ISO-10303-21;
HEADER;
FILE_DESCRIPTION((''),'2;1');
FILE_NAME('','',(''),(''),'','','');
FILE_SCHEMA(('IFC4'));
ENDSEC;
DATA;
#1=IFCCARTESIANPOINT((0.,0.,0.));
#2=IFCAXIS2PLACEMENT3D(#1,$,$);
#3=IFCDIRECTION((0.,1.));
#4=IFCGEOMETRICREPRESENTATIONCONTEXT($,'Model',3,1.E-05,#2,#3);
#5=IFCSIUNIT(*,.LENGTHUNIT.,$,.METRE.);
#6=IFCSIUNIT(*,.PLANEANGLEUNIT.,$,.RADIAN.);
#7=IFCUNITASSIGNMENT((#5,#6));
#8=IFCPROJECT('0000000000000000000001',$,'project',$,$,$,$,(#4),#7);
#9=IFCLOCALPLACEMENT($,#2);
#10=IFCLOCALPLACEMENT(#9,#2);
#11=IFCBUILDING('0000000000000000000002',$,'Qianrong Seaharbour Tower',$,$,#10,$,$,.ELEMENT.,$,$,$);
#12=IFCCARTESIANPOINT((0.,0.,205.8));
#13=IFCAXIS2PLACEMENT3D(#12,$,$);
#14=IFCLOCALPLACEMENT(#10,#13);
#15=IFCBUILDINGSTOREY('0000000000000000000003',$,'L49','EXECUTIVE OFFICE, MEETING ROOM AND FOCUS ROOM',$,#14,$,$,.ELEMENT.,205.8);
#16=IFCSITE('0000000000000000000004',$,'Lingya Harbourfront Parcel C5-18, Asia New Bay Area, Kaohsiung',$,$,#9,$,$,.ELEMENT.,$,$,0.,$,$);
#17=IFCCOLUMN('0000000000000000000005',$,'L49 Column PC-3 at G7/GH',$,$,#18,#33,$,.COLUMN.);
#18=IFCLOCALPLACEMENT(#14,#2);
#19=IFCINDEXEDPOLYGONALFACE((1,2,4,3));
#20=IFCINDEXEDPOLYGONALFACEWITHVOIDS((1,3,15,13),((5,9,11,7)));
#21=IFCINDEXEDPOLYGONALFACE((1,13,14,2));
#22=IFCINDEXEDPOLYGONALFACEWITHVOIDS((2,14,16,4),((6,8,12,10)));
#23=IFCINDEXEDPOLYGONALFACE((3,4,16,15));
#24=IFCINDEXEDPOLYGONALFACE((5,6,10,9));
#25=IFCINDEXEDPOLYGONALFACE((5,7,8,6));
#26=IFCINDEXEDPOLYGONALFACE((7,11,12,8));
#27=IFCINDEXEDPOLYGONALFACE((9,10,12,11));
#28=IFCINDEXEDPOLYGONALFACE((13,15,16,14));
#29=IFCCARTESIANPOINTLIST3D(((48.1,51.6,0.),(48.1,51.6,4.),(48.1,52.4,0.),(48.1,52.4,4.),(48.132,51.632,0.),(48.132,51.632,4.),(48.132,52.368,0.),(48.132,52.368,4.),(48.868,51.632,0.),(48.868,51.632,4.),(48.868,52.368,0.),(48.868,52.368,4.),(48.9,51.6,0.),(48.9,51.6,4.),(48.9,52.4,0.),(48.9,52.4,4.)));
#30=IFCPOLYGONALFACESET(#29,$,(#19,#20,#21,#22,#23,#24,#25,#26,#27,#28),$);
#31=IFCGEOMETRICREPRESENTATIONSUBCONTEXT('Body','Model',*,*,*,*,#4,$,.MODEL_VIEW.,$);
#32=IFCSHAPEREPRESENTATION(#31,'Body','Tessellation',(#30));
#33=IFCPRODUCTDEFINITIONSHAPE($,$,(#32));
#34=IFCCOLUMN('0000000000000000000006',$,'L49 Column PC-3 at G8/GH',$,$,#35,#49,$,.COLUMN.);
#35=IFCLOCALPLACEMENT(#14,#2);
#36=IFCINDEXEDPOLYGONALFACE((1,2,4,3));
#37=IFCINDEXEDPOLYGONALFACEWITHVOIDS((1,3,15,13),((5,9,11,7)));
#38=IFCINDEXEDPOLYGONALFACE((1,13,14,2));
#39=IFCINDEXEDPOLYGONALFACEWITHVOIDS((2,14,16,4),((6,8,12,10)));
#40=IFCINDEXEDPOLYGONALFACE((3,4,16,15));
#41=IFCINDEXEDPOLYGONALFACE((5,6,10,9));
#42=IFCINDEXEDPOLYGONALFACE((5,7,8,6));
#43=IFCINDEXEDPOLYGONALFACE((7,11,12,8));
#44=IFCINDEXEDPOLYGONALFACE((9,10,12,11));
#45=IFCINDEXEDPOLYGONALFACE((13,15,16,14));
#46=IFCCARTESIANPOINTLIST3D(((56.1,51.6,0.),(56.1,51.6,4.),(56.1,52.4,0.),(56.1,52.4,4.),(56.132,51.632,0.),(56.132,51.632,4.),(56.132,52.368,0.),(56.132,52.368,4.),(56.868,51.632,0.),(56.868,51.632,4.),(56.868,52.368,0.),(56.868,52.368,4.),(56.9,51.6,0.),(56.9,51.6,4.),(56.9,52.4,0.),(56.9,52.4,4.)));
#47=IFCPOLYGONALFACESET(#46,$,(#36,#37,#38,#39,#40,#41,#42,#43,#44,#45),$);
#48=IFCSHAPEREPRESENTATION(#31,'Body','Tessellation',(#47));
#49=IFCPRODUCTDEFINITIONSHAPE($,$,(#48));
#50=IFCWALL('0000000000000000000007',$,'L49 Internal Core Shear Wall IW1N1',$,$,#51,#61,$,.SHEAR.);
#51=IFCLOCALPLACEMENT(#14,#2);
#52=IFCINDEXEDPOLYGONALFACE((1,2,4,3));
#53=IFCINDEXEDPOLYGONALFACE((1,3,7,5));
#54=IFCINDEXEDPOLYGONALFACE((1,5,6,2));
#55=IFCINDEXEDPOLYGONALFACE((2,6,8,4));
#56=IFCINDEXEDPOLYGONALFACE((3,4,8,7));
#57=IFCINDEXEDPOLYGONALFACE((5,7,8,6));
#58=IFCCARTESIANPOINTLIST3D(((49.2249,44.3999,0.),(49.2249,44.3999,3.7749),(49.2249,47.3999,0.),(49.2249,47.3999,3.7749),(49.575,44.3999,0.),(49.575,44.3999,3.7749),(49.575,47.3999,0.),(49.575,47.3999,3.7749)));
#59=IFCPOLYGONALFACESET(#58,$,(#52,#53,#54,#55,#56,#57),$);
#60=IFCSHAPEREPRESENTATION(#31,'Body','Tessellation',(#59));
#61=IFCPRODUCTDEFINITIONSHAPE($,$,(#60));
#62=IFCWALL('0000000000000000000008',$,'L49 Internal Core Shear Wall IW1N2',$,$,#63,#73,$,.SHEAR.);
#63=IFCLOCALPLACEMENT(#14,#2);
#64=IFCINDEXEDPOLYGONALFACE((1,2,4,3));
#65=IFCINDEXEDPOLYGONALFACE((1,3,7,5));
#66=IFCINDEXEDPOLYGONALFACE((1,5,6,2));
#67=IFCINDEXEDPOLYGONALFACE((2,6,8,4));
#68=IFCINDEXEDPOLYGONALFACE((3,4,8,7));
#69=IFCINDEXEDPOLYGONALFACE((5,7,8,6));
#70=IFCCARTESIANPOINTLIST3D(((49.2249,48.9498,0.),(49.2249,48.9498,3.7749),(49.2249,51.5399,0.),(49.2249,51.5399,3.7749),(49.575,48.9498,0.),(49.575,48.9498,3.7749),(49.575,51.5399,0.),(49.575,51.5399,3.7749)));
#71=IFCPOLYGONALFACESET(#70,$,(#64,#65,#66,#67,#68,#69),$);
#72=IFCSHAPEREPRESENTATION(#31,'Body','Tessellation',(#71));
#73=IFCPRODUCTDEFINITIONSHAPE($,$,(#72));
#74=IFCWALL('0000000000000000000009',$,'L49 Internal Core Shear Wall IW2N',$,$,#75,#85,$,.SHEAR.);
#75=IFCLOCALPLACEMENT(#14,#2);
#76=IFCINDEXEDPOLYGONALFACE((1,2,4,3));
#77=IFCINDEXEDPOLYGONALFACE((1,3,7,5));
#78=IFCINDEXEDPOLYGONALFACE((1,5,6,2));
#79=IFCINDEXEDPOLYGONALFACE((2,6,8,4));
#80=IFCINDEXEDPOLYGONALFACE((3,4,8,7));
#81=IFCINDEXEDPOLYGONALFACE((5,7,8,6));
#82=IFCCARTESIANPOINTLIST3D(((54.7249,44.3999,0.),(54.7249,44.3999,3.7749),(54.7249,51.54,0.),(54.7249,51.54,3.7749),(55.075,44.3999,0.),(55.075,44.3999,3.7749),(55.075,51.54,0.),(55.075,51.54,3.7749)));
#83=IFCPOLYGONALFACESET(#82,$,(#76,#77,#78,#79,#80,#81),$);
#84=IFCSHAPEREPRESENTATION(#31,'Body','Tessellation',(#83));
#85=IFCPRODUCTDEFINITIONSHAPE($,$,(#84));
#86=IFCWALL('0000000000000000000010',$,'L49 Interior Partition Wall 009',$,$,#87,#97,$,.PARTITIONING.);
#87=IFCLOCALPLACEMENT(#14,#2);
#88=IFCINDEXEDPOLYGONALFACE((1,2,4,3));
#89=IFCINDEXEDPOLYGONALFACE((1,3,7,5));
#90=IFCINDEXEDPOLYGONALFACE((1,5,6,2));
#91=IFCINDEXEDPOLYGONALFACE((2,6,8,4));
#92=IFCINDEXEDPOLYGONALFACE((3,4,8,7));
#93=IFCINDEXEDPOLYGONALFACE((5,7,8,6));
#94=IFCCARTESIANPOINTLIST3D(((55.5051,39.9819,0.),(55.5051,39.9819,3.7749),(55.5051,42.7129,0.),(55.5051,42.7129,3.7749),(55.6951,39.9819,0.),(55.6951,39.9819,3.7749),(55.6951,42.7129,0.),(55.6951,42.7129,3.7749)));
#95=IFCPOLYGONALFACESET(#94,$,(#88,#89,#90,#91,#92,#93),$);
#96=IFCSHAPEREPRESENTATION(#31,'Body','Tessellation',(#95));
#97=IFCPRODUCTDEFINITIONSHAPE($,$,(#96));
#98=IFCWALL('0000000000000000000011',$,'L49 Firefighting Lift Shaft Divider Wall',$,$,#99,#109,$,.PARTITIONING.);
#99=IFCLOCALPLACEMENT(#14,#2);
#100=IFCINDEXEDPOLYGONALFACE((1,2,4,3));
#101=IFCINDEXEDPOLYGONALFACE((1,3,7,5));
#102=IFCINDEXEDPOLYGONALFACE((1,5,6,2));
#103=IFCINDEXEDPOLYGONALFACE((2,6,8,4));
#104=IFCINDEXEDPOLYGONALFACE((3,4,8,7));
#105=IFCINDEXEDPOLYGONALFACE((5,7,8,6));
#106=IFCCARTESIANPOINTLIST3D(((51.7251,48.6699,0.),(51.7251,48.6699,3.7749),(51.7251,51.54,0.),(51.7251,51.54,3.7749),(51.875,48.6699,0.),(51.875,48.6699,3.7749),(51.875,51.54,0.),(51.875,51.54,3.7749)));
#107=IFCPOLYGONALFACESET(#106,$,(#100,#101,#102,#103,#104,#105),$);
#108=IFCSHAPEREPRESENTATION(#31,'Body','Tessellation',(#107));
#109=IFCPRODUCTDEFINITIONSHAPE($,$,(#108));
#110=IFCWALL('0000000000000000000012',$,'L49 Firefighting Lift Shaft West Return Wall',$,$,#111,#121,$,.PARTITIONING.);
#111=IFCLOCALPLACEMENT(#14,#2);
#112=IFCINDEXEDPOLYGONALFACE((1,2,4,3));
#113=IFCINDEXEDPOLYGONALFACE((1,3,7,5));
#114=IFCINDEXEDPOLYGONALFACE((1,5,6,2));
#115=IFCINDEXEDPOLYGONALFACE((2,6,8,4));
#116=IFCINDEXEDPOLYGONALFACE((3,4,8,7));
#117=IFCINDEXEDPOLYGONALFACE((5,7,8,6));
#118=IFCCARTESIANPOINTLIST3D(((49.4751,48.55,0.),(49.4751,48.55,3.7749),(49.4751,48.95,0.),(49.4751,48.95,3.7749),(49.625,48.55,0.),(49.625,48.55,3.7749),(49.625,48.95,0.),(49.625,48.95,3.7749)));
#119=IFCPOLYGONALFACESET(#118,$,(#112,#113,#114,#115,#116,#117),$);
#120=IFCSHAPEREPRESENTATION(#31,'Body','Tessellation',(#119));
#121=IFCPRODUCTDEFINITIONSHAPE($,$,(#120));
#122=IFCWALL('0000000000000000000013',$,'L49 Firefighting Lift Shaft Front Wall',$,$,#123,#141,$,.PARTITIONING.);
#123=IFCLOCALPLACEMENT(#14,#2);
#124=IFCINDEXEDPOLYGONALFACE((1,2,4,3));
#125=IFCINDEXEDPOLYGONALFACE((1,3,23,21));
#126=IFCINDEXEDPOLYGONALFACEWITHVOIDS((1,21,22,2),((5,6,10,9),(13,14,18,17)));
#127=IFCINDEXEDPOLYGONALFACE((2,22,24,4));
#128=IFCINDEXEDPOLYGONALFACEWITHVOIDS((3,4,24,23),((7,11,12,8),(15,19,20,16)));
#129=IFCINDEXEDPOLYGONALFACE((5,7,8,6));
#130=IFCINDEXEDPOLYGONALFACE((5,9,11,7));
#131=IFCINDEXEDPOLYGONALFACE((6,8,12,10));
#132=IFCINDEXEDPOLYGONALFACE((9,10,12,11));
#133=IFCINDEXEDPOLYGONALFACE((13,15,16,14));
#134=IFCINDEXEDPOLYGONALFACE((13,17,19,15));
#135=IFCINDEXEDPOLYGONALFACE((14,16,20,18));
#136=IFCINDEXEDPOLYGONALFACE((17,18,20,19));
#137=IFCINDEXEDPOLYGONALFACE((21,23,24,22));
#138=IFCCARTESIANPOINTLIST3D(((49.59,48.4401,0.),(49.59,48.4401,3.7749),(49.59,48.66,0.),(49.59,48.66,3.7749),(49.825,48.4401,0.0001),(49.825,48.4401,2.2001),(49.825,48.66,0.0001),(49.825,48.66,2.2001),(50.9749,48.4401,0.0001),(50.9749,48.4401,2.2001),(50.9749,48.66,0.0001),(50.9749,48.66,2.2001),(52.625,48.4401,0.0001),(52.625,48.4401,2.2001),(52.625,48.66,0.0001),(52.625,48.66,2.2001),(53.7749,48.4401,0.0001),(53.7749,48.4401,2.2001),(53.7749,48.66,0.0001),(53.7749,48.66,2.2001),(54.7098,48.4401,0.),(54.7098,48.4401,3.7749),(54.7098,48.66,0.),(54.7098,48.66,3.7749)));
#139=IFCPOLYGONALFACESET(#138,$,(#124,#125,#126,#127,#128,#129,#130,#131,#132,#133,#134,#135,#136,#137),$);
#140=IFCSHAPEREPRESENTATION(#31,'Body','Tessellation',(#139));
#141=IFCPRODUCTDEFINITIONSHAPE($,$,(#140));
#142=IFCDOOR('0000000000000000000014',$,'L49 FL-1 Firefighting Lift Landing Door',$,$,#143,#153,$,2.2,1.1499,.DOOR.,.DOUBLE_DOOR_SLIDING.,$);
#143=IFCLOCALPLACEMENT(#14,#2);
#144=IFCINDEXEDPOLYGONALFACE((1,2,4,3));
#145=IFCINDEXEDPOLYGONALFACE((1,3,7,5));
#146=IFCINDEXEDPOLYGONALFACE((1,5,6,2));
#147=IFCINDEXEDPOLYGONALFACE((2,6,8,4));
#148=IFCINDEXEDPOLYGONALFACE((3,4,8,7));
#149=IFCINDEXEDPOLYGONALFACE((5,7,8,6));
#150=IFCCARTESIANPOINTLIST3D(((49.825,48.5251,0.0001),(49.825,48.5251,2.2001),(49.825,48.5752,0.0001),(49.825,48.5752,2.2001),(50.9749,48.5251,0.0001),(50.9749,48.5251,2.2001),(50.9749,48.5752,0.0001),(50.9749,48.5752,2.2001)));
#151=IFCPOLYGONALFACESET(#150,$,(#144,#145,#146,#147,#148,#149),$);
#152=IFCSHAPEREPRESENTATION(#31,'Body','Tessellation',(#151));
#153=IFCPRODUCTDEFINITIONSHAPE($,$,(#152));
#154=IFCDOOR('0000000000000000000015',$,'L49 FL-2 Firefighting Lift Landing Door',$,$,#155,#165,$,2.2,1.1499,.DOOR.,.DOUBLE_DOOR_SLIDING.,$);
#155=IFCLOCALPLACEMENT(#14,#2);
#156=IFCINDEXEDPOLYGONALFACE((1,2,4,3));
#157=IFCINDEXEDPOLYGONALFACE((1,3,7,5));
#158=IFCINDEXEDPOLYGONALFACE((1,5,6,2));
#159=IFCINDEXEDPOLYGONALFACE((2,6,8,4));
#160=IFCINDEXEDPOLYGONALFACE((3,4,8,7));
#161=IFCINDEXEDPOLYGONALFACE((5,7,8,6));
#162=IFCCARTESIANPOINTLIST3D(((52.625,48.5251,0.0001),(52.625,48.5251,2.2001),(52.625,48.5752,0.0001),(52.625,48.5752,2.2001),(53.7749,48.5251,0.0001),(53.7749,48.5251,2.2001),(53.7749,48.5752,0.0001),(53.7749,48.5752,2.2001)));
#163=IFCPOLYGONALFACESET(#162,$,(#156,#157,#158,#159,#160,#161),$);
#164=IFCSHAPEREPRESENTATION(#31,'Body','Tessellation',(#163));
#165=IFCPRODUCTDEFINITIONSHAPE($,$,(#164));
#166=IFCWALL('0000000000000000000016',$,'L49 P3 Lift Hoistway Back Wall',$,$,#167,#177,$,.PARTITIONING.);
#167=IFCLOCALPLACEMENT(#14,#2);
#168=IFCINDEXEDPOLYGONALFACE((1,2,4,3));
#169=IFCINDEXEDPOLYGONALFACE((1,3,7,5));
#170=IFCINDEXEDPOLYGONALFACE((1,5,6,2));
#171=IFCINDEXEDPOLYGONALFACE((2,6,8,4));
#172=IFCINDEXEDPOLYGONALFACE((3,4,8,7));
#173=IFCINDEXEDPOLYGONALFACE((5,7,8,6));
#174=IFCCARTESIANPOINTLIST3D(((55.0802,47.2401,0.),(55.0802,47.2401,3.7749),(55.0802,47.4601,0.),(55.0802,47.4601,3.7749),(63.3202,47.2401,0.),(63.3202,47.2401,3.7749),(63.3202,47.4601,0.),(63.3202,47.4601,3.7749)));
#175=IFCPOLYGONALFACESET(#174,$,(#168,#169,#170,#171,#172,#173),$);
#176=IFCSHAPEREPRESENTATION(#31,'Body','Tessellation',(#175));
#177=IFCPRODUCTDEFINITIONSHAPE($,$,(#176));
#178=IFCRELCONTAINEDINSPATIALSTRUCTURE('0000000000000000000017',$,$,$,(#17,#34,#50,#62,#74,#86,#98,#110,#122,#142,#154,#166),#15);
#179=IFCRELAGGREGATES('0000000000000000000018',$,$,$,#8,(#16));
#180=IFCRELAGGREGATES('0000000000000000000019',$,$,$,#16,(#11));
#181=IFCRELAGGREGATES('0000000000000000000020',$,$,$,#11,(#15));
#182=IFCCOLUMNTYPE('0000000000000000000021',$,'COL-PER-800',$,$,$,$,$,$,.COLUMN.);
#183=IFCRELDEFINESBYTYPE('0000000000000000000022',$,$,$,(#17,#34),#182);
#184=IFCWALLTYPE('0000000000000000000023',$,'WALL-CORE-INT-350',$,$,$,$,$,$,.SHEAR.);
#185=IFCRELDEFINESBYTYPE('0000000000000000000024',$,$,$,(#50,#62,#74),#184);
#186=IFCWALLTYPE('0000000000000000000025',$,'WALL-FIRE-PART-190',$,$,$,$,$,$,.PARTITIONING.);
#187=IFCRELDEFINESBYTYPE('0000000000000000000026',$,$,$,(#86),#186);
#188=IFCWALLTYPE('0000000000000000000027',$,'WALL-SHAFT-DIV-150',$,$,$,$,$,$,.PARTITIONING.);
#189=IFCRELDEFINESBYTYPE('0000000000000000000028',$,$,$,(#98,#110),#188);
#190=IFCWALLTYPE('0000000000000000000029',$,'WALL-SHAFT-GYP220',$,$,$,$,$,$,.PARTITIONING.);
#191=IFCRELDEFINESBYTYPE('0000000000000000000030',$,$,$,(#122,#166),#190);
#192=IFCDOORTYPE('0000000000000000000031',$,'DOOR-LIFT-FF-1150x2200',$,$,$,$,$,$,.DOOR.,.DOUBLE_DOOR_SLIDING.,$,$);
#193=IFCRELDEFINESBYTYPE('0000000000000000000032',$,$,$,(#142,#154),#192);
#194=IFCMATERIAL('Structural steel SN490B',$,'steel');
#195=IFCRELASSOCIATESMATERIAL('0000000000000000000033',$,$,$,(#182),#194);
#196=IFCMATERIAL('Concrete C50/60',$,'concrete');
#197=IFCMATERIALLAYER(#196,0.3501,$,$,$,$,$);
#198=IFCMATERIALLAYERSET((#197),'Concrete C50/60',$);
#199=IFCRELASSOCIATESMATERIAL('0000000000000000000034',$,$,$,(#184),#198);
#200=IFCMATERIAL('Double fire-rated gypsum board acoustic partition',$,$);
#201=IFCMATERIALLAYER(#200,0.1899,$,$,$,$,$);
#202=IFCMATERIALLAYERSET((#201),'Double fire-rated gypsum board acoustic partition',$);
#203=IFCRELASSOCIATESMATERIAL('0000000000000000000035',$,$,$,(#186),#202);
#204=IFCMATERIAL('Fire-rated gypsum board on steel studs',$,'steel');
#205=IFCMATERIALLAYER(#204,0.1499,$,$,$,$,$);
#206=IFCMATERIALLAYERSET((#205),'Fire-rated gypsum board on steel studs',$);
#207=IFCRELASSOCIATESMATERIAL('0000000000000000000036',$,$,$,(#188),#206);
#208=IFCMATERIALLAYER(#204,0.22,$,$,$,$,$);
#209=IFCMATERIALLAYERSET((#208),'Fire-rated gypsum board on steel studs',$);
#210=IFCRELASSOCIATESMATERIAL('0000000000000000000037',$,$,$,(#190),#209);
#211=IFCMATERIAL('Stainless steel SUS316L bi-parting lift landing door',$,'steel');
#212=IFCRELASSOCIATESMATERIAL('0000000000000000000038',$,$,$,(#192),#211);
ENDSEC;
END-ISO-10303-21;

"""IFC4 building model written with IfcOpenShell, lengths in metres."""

from ifc_helpers import new_model, si_unit, direction, frame, frame_2d, origin, origin_2d, place, context, subcontext, project, spatial, rectangle, hollow_rectangle, extrude, material, layer, layer_set, material_profile, profile_set, type_object, element, fill, save


model = new_model("IFC4")

# Units and contexts
model_context = context("Model", 3, precision=1e-05, world=origin(), true_north=direction((0.0, 1.0)))
body_context = subcontext(model_context, "Body", "Model", "MODEL_VIEW")
ifc_project = project(units=[si_unit("LENGTHUNIT", "METRE"), si_unit("PLANEANGLEUNIT", "RADIAN")], contexts=[model_context])

# Site, building, storey
site_placement = place(None, origin())
site = spatial("IfcSite", under=ifc_project, at=site_placement, Name="Lingya Harbourfront Parcel C5-18, Asia New Bay Area, Kaohsiung", CompositionType="ELEMENT", RefElevation=0.0)
building_placement = place(site_placement, origin())
building = spatial("IfcBuilding", under=site, at=building_placement, Name="Qianrong Seaharbour Tower", CompositionType="ELEMENT")
storey_placement = place(building_placement, frame((0.0, 0.0, 205.8)))
storey = spatial("IfcBuildingStorey", under=building, at=storey_placement, Name="L49", Description="EXECUTIVE OFFICE, MEETING ROOM AND FOCUS ROOM", CompositionType="ELEMENT", Elevation=205.8)

# Columns
ifc_material_1 = material(Name="Structural steel SN490B", Category="steel")
ifc_material_profile = material_profile(ifc_material_1, hollow_rectangle(XDim=0.8, YDim=0.8, WallThickness=0.032, at=origin_2d()), Name="BOX800x800x32")
ifc_profile_set = profile_set([ifc_material_profile], Name="Structural steel SN490B")
column_type = type_object("IfcColumnType", Name="COL-PER-800", PredefinedType="COLUMN", material=ifc_profile_set)
for number, where, z_axis, x_axis, name in (
    (1, (48.5, 52.0, 0.0), (0.0, 0.0, 1.0), (1.0, 0.0, 0.0), "L49 Column PC-3 at G7/GH"),
    (2, (56.5, 52.0, 0.0), (0.0, 0.0, 1.0), (1.0, 0.0, 0.0), "L49 Column PC-3 at G8/GH"),
):
    element("IfcColumn", number, at=place(storey_placement, frame(where, z_axis=z_axis, x_axis=x_axis)), inside=storey, type_object=column_type, Name=name, PredefinedType="COLUMN", context=body_context, shape_type="SweptSolid", body=[
        extrude(hollow_rectangle(XDim=0.8, YDim=0.8, WallThickness=0.032, at=origin_2d()), origin(), (0.0, 0.0, 1.0), 4.0),
    ])

# Walls
ifc_material_2 = material(Name="Concrete C50/60", Category="concrete")
ifc_layer_1 = layer(ifc_material_2, 0.3501)
ifc_layer_set_1 = layer_set([ifc_layer_1], Name="Concrete C50/60")
wall_type_1 = type_object("IfcWallType", Name="WALL-CORE-INT-350", PredefinedType="SHEAR", material=ifc_layer_set_1)
wall_1_placement = place(storey_placement, frame((49.3999, 44.3999, 0.0), z_axis=(0.0, 0.0, 1.0), x_axis=(0.0, 1.0, 0.0)))
element("IfcWall", 3, at=wall_1_placement, inside=storey, type_object=wall_type_1, Name="L49 Internal Core Shear Wall IW1N1", PredefinedType="SHEAR", context=body_context, shape_type="SweptSolid", body=[
    extrude(rectangle(XDim=3.0, YDim=0.3501, at=frame_2d((1.5, 0.0))), origin(), (0.0, 0.0, 1.0), 3.7749),
])
wall_2_placement = place(storey_placement, frame((49.3999, 48.95, 0.0), z_axis=(0.0, 0.0, 1.0), x_axis=(0.0, 1.0, 0.0)))
element("IfcWall", 4, at=wall_2_placement, inside=storey, type_object=wall_type_1, Name="L49 Internal Core Shear Wall IW1N2", PredefinedType="SHEAR", context=body_context, shape_type="SweptSolid", body=[
    extrude(rectangle(XDim=2.5901, YDim=0.3501, at=frame_2d((1.2949, 0.0))), origin(), (0.0, 0.0, 1.0), 3.7749),
])
wall_3_placement = place(storey_placement, frame((54.8999, 44.3999, 0.0), z_axis=(0.0, 0.0, 1.0), x_axis=(0.0, 1.0, 0.0)))
element("IfcWall", 5, at=wall_3_placement, inside=storey, type_object=wall_type_1, Name="L49 Internal Core Shear Wall IW2N", PredefinedType="SHEAR", context=body_context, shape_type="SweptSolid", body=[
    extrude(rectangle(XDim=7.1401, YDim=0.3501, at=frame_2d((3.5701, 0.0))), origin(), (0.0, 0.0, 1.0), 3.7749),
])

# Shared definitions
ifc_material_3 = material(Name="Double fire-rated gypsum board acoustic partition")
ifc_layer_2 = layer(ifc_material_3, 0.1899)
ifc_layer_set_2 = layer_set([ifc_layer_2], Name="Double fire-rated gypsum board acoustic partition")
wall_type_2 = type_object("IfcWallType", Name="WALL-FIRE-PART-190", PredefinedType="PARTITIONING", material=ifc_layer_set_2)

# Walls
wall_4_placement = place(storey_placement, frame((55.6001, 42.7129, 0.0), z_axis=(0.0, 0.0, 1.0), x_axis=(0.0, -1.0, 0.0)))
element("IfcWall", 6, at=wall_4_placement, inside=storey, type_object=wall_type_2, Name="L49 Interior Partition Wall 009", PredefinedType="PARTITIONING", context=body_context, shape_type="SweptSolid", body=[
    extrude(rectangle(XDim=2.731, YDim=0.1899, at=frame_2d((1.3655, 0.0))), origin(), (0.0, 0.0, 1.0), 3.7749),
])
ifc_material_4 = material(Name="Fire-rated gypsum board on steel studs", Category="steel")
ifc_layer_3 = layer(ifc_material_4, 0.1499)
ifc_layer_set_3 = layer_set([ifc_layer_3], Name="Fire-rated gypsum board on steel studs")
wall_type_3 = type_object("IfcWallType", Name="WALL-SHAFT-DIV-150", PredefinedType="PARTITIONING", material=ifc_layer_set_3)
wall_5_placement = place(storey_placement, frame((51.8, 48.6699, 0.0), z_axis=(0.0, 0.0, 1.0), x_axis=(0.0, 1.0, 0.0)))
element("IfcWall", 7, at=wall_5_placement, inside=storey, type_object=wall_type_3, Name="L49 Firefighting Lift Shaft Divider Wall", PredefinedType="PARTITIONING", context=body_context, shape_type="SweptSolid", body=[
    extrude(rectangle(XDim=2.8701, YDim=0.1499, at=frame_2d((1.4351, 0.0))), origin(), (0.0, 0.0, 1.0), 3.7749),
])
wall_6_placement = place(storey_placement, frame((49.55, 48.55, 0.0), z_axis=(0.0, 0.0, 1.0), x_axis=(0.0, 1.0, 0.0)))
element("IfcWall", 8, at=wall_6_placement, inside=storey, type_object=wall_type_3, Name="L49 Firefighting Lift Shaft West Return Wall", PredefinedType="PARTITIONING", context=body_context, shape_type="SweptSolid", body=[
    extrude(rectangle(XDim=0.3999, YDim=0.1499, at=frame_2d((0.2, 0.0))), origin(), (0.0, 0.0, 1.0), 3.7749),
])

# Wall, openings, doors
ifc_layer_4 = layer(ifc_material_4, 0.22)
ifc_layer_set_4 = layer_set([ifc_layer_4], Name="Fire-rated gypsum board on steel studs")
wall_type_4 = type_object("IfcWallType", Name="WALL-SHAFT-GYP220", PredefinedType="PARTITIONING", material=ifc_layer_set_4)
wall_7_placement = place(storey_placement, frame((54.71, 48.55, 0.0), z_axis=(0.0, 0.0, 1.0), x_axis=(-1.0, 0.0, 0.0)))
wall_7 = element("IfcWall", 9, at=wall_7_placement, inside=storey, type_object=wall_type_4, Name="L49 Firefighting Lift Shaft Front Wall", PredefinedType="PARTITIONING", context=body_context, shape_type="SweptSolid", body=[
    extrude(rectangle(XDim=5.1199, YDim=0.22, at=frame_2d((2.5601, 0.0))), origin(), (0.0, 0.0, 1.0), 3.7749),
])
opening_1_placement = place(wall_7_placement, frame((3.7351, 0.0, 0.0)))
opening_1 = element("IfcOpeningElement", 10, at=opening_1_placement, cuts=wall_7, PredefinedType="OPENING", context=body_context, shape_type="SweptSolid", body=[
    extrude(rectangle(XDim=1.1499, YDim=2.2, at=frame_2d((0.575, 1.1001))), frame((0.0, 0.1201, 0.0), z_axis=(0.0, -1.0, 0.0), x_axis=(1.0, 0.0, 0.0)), (0.0, 0.0, 1.0), 0.24),
])
opening_2_placement = place(wall_7_placement, frame((0.9351, 0.0, 0.0)))
opening_2 = element("IfcOpeningElement", 11, at=opening_2_placement, cuts=wall_7, PredefinedType="OPENING", context=body_context, shape_type="SweptSolid", body=[
    extrude(rectangle(XDim=1.1499, YDim=2.2, at=frame_2d((0.575, 1.1001))), frame((0.0, 0.1201, 0.0), z_axis=(0.0, -1.0, 0.0), x_axis=(1.0, 0.0, 0.0)), (0.0, 0.0, 1.0), 0.24),
])
ifc_material_5 = material(Name="Stainless steel SUS316L bi-parting lift landing door", Category="steel")
door_type_1 = type_object("IfcDoorType", Name="DOOR-LIFT-FF-1150x2200", OperationType="DOUBLE_DOOR_SLIDING", PredefinedType="DOOR", material=ifc_material_5)
door_1_placement = place(opening_1_placement, origin())
door_1 = element("IfcDoor", 12, at=door_1_placement, inside=storey, type_object=door_type_1, Name="L49 FL-1 Firefighting Lift Landing Door", OperationType="DOUBLE_DOOR_SLIDING", OverallHeight=2.2, OverallWidth=1.1499, PredefinedType="DOOR", context=body_context, shape_type="SweptSolid", body=[
    extrude(rectangle(XDim=1.1499, YDim=2.2, at=frame_2d((0.575, 1.1001))), frame((0.0, 0.0249, 0.0), z_axis=(0.0, -1.0, 0.0), x_axis=(1.0, 0.0, 0.0)), (0.0, 0.0, 1.0), 0.05),
])
fill(opening_1, door_1)
door_2_placement = place(opening_2_placement, origin())
door_2 = element("IfcDoor", 13, at=door_2_placement, inside=storey, type_object=door_type_1, Name="L49 FL-2 Firefighting Lift Landing Door", OperationType="DOUBLE_DOOR_SLIDING", OverallHeight=2.2, OverallWidth=1.1499, PredefinedType="DOOR", context=body_context, shape_type="SweptSolid", body=[
    extrude(rectangle(XDim=1.1499, YDim=2.2, at=frame_2d((0.575, 1.1001))), frame((0.0, 0.0249, 0.0), z_axis=(0.0, -1.0, 0.0), x_axis=(1.0, 0.0, 0.0)), (0.0, 0.0, 1.0), 0.05),
])
fill(opening_2, door_2)

# Wall
wall_8_placement = place(storey_placement, frame((55.0801, 47.3501, 0.0), z_axis=(0.0, 0.0, 1.0), x_axis=(1.0, 0.0, 0.0)))
element("IfcWall", 14, at=wall_8_placement, inside=storey, type_object=wall_type_4, Name="L49 P3 Lift Hoistway Back Wall", PredefinedType="PARTITIONING", context=body_context, shape_type="SweptSolid", body=[
    extrude(rectangle(XDim=8.24, YDim=0.22, at=frame_2d((4.1201, 0.0))), origin(), (0.0, 0.0, 1.0), 3.7749),
])

save(model, "model.ifc")
